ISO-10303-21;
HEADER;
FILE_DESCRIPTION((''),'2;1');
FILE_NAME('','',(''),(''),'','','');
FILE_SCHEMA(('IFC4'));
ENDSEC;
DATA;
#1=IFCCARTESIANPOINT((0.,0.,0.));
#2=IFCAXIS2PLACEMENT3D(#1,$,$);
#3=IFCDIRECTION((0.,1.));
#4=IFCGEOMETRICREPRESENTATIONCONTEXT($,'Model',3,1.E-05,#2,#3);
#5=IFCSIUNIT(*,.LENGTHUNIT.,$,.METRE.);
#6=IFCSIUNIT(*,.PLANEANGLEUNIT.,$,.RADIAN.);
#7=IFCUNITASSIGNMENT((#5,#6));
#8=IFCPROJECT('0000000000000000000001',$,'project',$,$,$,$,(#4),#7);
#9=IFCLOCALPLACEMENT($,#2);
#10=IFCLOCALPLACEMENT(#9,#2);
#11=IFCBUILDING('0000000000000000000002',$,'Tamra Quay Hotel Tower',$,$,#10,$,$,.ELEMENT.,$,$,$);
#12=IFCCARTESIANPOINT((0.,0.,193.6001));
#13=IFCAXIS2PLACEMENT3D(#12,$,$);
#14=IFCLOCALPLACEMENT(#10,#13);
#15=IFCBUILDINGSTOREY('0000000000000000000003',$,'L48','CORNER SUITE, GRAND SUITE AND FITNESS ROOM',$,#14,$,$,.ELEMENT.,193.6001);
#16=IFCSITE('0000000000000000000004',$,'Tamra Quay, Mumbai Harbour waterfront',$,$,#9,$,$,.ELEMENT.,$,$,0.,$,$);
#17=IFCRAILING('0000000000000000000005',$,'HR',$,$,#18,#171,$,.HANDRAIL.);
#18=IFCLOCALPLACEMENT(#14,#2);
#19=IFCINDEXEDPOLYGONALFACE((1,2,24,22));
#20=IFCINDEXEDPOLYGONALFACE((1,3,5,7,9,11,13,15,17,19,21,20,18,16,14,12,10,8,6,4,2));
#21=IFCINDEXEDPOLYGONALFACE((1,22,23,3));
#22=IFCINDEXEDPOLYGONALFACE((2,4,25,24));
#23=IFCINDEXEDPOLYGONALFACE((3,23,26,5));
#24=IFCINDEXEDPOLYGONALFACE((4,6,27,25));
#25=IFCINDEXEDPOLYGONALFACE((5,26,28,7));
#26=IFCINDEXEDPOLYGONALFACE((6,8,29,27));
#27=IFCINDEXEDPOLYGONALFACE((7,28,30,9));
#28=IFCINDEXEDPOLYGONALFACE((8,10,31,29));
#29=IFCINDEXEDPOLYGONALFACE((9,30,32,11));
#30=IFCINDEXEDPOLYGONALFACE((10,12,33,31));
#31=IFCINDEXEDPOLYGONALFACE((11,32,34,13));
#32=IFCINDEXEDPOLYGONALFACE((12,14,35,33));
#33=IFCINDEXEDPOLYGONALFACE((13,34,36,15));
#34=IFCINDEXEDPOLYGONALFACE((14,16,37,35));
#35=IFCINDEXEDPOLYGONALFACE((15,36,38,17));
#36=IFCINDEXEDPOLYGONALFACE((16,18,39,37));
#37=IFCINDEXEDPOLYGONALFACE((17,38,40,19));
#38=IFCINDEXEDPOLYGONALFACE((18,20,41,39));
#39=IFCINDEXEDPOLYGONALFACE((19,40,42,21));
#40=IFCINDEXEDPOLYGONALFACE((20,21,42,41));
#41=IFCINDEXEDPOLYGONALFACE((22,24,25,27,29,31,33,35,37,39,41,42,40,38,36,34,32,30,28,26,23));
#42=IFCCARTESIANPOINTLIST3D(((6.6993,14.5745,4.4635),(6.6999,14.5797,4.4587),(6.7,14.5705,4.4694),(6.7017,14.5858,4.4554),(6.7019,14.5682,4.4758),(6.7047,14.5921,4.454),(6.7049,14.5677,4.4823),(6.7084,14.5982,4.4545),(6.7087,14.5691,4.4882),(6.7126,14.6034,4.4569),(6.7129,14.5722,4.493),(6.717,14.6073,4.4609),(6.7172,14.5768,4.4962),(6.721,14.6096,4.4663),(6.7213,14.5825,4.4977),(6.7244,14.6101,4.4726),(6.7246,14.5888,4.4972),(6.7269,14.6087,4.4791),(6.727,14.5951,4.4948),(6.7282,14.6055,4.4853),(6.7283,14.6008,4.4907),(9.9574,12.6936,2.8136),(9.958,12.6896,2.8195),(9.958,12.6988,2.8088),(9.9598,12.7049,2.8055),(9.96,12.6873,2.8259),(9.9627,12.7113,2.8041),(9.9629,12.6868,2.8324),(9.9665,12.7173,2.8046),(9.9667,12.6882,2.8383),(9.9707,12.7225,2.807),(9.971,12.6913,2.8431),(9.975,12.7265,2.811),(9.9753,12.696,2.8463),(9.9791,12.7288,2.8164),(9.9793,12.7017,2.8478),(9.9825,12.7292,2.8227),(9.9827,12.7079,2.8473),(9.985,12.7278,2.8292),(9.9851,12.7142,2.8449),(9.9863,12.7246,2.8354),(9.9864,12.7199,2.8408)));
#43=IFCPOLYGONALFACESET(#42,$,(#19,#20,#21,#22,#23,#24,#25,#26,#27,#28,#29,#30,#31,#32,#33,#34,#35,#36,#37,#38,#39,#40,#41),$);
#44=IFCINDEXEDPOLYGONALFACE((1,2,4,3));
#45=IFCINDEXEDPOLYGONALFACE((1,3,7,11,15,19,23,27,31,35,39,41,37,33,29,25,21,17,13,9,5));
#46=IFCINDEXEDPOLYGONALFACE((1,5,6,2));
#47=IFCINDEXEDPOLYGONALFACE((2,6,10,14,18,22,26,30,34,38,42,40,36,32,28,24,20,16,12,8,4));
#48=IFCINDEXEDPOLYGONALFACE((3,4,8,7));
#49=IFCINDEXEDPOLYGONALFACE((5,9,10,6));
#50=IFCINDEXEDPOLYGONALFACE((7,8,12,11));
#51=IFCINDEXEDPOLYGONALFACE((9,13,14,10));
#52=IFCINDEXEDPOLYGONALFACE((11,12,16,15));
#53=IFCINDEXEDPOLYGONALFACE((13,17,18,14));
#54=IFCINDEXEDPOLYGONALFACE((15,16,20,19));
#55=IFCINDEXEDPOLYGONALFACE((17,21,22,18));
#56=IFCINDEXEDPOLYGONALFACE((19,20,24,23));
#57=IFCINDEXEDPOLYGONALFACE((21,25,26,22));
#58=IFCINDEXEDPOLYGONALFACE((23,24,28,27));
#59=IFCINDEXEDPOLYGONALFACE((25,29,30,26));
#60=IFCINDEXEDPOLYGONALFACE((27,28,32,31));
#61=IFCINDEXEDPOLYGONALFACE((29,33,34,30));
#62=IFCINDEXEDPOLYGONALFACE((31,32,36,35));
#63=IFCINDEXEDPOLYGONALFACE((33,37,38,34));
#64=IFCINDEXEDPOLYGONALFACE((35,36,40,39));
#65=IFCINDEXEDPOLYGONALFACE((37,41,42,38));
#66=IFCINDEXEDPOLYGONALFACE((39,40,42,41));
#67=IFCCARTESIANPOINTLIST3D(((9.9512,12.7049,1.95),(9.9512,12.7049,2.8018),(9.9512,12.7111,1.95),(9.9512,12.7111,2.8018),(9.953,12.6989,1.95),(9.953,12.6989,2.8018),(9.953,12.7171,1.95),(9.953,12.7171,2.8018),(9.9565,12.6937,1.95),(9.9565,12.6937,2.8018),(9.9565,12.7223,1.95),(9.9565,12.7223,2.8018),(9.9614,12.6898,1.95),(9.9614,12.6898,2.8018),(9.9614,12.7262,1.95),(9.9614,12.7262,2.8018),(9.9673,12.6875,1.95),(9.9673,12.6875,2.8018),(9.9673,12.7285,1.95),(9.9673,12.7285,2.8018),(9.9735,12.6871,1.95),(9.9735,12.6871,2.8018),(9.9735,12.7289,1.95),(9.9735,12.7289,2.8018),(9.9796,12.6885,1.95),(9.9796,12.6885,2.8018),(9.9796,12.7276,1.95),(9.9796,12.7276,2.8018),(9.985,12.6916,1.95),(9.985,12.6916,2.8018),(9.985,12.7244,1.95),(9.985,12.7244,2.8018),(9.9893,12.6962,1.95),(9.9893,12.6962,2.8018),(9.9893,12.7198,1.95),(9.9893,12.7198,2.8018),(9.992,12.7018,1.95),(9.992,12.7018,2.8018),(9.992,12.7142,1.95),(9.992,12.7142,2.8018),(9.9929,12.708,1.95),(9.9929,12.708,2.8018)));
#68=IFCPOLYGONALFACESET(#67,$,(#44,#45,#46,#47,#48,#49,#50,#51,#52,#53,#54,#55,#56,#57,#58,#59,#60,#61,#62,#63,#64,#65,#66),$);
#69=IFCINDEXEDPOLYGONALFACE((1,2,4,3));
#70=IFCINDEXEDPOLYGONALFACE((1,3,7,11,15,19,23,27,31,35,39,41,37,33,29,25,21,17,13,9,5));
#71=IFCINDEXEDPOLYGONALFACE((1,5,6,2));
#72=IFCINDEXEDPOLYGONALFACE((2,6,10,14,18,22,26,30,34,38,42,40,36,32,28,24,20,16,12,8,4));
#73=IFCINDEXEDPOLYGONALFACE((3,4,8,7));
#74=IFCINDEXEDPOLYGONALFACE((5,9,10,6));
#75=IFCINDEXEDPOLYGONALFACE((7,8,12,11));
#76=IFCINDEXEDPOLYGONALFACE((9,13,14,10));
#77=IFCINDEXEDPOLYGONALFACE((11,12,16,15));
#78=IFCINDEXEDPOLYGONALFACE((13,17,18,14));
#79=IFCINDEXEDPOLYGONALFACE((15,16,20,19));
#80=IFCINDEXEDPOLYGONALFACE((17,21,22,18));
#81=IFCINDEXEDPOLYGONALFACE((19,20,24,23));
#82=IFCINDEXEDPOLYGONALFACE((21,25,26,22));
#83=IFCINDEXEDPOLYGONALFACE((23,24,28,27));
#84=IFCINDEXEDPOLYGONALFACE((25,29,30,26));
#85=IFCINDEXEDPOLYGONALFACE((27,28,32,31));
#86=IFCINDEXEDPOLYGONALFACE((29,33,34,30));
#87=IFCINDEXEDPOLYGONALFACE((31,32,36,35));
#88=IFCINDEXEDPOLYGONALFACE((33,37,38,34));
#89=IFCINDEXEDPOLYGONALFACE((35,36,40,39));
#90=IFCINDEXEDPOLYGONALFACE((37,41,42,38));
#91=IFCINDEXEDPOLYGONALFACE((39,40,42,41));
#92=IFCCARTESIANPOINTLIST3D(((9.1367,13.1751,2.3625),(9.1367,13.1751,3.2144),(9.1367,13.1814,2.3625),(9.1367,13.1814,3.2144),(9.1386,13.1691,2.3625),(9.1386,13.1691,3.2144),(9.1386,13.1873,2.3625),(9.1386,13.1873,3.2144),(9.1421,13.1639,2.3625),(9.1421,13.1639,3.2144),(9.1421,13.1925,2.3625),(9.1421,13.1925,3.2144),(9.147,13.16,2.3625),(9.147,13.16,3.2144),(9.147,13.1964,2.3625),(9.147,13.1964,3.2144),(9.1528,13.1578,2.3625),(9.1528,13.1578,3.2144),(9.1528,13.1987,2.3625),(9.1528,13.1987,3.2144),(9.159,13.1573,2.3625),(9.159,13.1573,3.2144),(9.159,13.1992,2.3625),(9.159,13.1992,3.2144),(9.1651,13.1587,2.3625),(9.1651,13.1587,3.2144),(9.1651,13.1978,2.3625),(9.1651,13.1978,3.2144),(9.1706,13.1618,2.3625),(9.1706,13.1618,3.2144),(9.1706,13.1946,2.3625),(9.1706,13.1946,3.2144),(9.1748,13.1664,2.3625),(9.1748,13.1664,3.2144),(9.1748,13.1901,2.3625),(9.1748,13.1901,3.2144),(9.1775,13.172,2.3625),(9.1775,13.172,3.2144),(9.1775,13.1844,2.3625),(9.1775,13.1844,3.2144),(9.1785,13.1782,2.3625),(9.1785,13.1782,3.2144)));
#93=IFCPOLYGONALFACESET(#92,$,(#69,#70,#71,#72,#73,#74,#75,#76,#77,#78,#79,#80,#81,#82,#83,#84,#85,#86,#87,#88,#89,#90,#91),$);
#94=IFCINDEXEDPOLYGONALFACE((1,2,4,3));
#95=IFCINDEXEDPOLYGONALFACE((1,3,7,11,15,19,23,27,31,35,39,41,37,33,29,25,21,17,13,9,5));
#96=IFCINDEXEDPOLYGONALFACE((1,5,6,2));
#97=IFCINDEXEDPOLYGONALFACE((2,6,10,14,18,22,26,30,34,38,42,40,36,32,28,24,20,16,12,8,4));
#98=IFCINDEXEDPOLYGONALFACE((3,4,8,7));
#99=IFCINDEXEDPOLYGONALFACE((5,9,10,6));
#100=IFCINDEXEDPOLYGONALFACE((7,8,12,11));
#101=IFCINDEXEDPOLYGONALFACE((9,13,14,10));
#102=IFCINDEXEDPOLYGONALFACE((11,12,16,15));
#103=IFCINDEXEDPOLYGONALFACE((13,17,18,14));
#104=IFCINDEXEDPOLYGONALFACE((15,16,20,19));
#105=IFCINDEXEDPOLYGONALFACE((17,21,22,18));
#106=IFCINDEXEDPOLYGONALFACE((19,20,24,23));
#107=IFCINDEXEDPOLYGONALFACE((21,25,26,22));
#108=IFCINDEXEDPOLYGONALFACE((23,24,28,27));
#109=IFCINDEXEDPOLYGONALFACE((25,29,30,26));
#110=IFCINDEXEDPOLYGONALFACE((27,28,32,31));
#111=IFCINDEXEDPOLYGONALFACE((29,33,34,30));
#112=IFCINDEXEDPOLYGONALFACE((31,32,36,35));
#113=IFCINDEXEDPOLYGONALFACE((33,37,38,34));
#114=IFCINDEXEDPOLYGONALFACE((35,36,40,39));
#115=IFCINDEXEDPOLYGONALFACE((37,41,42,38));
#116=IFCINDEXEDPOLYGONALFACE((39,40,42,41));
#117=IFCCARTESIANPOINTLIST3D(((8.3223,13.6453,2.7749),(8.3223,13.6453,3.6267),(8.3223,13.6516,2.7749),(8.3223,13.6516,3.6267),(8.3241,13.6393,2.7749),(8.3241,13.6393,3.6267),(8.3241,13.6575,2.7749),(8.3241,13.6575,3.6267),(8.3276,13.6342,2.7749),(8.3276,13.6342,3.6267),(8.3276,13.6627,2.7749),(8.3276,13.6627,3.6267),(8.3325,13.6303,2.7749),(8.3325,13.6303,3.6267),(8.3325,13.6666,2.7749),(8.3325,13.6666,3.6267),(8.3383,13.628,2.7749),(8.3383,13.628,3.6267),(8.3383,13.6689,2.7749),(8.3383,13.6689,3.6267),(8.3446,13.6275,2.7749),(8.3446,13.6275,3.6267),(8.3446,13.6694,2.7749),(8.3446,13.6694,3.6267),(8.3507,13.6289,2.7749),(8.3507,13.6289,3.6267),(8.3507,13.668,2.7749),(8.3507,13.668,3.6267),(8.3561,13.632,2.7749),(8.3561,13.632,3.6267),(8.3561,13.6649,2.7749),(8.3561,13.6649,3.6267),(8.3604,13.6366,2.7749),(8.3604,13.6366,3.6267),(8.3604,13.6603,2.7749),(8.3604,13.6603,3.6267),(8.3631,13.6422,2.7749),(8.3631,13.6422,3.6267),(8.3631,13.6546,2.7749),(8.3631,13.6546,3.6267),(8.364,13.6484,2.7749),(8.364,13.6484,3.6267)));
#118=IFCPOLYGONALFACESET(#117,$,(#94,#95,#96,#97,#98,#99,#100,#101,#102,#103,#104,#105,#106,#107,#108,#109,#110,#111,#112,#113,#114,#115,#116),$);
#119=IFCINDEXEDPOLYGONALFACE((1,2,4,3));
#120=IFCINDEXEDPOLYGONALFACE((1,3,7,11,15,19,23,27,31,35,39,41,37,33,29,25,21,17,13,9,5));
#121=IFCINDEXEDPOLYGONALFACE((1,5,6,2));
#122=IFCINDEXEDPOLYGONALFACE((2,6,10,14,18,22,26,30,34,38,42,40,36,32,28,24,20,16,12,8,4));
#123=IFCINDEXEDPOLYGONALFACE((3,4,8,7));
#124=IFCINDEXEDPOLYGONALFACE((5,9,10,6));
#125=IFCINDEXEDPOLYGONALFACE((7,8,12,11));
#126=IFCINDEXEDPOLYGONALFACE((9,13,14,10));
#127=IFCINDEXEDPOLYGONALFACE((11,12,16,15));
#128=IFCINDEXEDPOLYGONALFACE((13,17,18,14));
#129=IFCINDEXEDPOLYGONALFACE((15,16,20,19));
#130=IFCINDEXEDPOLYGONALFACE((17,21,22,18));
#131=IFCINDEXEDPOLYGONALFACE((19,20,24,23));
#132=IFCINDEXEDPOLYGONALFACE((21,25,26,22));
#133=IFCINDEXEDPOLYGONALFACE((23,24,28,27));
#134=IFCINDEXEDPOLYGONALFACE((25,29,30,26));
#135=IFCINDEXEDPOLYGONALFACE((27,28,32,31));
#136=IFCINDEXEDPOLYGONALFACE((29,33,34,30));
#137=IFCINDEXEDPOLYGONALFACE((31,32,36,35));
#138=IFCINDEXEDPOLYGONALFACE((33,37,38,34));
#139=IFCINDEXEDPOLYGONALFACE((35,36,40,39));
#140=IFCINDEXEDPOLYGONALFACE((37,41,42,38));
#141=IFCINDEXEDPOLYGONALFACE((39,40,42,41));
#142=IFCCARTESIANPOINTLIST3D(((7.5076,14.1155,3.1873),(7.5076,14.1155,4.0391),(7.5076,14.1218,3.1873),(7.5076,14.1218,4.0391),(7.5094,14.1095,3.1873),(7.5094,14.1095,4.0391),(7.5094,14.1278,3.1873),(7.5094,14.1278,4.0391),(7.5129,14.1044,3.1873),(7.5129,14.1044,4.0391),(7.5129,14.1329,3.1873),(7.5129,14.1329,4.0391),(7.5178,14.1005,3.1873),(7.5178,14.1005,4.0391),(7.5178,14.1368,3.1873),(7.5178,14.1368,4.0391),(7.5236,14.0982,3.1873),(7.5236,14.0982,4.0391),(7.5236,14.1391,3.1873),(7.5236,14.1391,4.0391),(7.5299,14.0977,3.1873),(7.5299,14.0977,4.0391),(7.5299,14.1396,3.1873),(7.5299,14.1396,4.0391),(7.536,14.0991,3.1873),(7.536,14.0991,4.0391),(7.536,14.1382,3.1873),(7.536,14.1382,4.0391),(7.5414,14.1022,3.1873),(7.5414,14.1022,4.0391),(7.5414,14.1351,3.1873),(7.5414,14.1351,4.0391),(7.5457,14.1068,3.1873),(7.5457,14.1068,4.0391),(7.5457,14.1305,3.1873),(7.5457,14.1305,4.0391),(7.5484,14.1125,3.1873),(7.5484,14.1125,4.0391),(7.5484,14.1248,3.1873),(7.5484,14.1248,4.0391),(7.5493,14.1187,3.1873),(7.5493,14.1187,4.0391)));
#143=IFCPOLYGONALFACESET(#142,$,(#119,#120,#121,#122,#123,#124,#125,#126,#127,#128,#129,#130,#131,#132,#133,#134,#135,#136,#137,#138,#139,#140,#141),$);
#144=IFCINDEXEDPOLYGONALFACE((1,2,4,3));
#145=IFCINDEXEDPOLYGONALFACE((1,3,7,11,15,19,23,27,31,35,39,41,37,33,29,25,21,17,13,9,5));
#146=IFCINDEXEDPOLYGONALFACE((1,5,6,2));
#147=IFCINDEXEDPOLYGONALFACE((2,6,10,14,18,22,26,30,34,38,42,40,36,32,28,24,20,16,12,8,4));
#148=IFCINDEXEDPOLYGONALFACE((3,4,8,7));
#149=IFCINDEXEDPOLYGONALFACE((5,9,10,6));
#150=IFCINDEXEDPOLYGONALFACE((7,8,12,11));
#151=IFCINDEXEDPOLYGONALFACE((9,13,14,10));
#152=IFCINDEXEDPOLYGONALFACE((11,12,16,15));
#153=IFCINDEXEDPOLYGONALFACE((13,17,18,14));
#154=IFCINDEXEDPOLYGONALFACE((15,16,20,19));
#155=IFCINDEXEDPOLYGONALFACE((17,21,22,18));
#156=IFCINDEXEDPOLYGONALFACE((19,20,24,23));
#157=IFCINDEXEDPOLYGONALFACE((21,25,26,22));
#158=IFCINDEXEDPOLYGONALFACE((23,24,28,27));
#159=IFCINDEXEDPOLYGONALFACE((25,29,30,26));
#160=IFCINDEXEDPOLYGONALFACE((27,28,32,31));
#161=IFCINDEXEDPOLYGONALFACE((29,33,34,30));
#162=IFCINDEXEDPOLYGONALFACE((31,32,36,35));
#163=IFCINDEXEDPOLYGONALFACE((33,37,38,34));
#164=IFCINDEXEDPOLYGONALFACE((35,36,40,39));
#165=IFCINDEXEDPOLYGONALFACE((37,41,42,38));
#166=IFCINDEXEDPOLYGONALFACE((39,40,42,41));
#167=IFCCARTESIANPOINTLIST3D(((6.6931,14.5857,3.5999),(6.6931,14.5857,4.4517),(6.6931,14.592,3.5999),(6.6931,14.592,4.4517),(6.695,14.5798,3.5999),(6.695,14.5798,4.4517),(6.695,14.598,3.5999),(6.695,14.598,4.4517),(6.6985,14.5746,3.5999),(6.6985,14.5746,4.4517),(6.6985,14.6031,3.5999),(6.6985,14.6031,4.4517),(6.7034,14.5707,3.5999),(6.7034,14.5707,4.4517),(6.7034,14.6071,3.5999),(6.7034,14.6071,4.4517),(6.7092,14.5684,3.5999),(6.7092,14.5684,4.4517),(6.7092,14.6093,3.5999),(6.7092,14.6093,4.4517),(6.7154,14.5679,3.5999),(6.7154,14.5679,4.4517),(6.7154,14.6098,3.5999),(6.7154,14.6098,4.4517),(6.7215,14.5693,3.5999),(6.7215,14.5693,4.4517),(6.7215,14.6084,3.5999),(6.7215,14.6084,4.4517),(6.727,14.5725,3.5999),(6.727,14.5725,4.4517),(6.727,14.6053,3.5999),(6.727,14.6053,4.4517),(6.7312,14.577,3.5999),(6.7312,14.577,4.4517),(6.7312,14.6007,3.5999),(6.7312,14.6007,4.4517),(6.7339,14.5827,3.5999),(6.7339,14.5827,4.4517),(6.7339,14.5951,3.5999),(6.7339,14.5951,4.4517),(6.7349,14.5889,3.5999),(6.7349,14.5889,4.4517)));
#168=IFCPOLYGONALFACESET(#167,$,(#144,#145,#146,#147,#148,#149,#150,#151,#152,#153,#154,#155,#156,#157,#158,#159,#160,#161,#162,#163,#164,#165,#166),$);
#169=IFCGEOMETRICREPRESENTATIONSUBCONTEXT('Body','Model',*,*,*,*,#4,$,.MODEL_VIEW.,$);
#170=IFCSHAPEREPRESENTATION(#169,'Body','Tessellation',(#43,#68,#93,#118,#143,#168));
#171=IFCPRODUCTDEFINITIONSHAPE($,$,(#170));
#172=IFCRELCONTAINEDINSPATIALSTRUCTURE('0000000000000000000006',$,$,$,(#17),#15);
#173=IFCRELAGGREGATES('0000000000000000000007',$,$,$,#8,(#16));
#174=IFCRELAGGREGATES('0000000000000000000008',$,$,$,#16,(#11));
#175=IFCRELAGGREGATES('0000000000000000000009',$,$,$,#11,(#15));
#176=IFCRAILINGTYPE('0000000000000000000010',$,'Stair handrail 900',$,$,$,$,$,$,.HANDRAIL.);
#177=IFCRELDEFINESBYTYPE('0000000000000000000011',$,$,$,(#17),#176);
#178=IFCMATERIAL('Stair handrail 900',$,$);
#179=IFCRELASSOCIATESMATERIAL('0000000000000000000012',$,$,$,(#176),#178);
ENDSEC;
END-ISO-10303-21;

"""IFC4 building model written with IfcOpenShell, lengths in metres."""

from ifc_helpers import new_model, si_unit, direction, frame, origin, origin_2d, place, context, subcontext, project, spatial, circle, extrude, material, type_object, element, save


model = new_model("IFC4")

# Units and contexts
model_context = context("Model", 3, precision=1e-05, world=origin(), true_north=direction((0.0, 1.0)))
body_context = subcontext(model_context, "Body", "Model", "MODEL_VIEW")
ifc_project = project(units=[si_unit("LENGTHUNIT", "METRE"), si_unit("PLANEANGLEUNIT", "RADIAN")], contexts=[model_context])

# Site, building, storey
site_placement = place(None, origin())
site = spatial("IfcSite", under=ifc_project, at=site_placement, Name="Tamra Quay, Mumbai Harbour waterfront", CompositionType="ELEMENT", RefElevation=0.0)
building_placement = place(site_placement, origin())
building = spatial("IfcBuilding", under=site, at=building_placement, Name="Tamra Quay Hotel Tower", CompositionType="ELEMENT")
storey_placement = place(building_placement, frame((0.0, 0.0, 193.6001)))
storey = spatial("IfcBuildingStorey", under=building, at=storey_placement, Name="L48", Description="CORNER SUITE, GRAND SUITE AND FITNESS ROOM", CompositionType="ELEMENT", Elevation=193.6001)

# Railing
ifc_material_1 = material(Name="Stair handrail 900")
railing_type_1 = type_object("IfcRailingType", Name="Stair handrail 900", PredefinedType="HANDRAIL", material=ifc_material_1)
railing_1_placement = place(storey_placement, frame((9.9719, 12.708, 1.95)))
element("IfcRailing", 1, at=railing_1_placement, inside=storey, type_object=railing_type_1, Name="HR", PredefinedType="HANDRAIL", context=body_context, shape_type="SweptSolid", body=[
    extrude(circle(Radius=0.0239, at=origin_2d()), frame((0.0, 0.0, 0.876), z_axis=(-0.793122, 0.457865, 0.401642), x_axis=(-0.499964, -0.866046, 0.0)), (0.0, 0.0, 1.0), 4.1079),
    extrude(circle(Radius=0.021, at=origin_2d()), origin(), (0.0, 0.0, 1.0), 0.8518),
    extrude(circle(Radius=0.021, at=origin_2d()), frame((-0.8145, 0.4702, 0.4126)), (0.0, 0.0, 1.0), 0.8518),
    extrude(circle(Radius=0.021, at=origin_2d()), frame((-1.6289, 0.9404, 0.825)), (0.0, 0.0, 1.0), 0.8518),
    extrude(circle(Radius=0.021, at=origin_2d()), frame((-2.4436, 1.4106, 1.2373)), (0.0, 0.0, 1.0), 0.8518),
    extrude(circle(Radius=0.021, at=origin_2d()), frame((-3.2581, 1.8809, 1.6499)), (0.0, 0.0, 1.0), 0.8518),
])

save(model, "model.ifc")
